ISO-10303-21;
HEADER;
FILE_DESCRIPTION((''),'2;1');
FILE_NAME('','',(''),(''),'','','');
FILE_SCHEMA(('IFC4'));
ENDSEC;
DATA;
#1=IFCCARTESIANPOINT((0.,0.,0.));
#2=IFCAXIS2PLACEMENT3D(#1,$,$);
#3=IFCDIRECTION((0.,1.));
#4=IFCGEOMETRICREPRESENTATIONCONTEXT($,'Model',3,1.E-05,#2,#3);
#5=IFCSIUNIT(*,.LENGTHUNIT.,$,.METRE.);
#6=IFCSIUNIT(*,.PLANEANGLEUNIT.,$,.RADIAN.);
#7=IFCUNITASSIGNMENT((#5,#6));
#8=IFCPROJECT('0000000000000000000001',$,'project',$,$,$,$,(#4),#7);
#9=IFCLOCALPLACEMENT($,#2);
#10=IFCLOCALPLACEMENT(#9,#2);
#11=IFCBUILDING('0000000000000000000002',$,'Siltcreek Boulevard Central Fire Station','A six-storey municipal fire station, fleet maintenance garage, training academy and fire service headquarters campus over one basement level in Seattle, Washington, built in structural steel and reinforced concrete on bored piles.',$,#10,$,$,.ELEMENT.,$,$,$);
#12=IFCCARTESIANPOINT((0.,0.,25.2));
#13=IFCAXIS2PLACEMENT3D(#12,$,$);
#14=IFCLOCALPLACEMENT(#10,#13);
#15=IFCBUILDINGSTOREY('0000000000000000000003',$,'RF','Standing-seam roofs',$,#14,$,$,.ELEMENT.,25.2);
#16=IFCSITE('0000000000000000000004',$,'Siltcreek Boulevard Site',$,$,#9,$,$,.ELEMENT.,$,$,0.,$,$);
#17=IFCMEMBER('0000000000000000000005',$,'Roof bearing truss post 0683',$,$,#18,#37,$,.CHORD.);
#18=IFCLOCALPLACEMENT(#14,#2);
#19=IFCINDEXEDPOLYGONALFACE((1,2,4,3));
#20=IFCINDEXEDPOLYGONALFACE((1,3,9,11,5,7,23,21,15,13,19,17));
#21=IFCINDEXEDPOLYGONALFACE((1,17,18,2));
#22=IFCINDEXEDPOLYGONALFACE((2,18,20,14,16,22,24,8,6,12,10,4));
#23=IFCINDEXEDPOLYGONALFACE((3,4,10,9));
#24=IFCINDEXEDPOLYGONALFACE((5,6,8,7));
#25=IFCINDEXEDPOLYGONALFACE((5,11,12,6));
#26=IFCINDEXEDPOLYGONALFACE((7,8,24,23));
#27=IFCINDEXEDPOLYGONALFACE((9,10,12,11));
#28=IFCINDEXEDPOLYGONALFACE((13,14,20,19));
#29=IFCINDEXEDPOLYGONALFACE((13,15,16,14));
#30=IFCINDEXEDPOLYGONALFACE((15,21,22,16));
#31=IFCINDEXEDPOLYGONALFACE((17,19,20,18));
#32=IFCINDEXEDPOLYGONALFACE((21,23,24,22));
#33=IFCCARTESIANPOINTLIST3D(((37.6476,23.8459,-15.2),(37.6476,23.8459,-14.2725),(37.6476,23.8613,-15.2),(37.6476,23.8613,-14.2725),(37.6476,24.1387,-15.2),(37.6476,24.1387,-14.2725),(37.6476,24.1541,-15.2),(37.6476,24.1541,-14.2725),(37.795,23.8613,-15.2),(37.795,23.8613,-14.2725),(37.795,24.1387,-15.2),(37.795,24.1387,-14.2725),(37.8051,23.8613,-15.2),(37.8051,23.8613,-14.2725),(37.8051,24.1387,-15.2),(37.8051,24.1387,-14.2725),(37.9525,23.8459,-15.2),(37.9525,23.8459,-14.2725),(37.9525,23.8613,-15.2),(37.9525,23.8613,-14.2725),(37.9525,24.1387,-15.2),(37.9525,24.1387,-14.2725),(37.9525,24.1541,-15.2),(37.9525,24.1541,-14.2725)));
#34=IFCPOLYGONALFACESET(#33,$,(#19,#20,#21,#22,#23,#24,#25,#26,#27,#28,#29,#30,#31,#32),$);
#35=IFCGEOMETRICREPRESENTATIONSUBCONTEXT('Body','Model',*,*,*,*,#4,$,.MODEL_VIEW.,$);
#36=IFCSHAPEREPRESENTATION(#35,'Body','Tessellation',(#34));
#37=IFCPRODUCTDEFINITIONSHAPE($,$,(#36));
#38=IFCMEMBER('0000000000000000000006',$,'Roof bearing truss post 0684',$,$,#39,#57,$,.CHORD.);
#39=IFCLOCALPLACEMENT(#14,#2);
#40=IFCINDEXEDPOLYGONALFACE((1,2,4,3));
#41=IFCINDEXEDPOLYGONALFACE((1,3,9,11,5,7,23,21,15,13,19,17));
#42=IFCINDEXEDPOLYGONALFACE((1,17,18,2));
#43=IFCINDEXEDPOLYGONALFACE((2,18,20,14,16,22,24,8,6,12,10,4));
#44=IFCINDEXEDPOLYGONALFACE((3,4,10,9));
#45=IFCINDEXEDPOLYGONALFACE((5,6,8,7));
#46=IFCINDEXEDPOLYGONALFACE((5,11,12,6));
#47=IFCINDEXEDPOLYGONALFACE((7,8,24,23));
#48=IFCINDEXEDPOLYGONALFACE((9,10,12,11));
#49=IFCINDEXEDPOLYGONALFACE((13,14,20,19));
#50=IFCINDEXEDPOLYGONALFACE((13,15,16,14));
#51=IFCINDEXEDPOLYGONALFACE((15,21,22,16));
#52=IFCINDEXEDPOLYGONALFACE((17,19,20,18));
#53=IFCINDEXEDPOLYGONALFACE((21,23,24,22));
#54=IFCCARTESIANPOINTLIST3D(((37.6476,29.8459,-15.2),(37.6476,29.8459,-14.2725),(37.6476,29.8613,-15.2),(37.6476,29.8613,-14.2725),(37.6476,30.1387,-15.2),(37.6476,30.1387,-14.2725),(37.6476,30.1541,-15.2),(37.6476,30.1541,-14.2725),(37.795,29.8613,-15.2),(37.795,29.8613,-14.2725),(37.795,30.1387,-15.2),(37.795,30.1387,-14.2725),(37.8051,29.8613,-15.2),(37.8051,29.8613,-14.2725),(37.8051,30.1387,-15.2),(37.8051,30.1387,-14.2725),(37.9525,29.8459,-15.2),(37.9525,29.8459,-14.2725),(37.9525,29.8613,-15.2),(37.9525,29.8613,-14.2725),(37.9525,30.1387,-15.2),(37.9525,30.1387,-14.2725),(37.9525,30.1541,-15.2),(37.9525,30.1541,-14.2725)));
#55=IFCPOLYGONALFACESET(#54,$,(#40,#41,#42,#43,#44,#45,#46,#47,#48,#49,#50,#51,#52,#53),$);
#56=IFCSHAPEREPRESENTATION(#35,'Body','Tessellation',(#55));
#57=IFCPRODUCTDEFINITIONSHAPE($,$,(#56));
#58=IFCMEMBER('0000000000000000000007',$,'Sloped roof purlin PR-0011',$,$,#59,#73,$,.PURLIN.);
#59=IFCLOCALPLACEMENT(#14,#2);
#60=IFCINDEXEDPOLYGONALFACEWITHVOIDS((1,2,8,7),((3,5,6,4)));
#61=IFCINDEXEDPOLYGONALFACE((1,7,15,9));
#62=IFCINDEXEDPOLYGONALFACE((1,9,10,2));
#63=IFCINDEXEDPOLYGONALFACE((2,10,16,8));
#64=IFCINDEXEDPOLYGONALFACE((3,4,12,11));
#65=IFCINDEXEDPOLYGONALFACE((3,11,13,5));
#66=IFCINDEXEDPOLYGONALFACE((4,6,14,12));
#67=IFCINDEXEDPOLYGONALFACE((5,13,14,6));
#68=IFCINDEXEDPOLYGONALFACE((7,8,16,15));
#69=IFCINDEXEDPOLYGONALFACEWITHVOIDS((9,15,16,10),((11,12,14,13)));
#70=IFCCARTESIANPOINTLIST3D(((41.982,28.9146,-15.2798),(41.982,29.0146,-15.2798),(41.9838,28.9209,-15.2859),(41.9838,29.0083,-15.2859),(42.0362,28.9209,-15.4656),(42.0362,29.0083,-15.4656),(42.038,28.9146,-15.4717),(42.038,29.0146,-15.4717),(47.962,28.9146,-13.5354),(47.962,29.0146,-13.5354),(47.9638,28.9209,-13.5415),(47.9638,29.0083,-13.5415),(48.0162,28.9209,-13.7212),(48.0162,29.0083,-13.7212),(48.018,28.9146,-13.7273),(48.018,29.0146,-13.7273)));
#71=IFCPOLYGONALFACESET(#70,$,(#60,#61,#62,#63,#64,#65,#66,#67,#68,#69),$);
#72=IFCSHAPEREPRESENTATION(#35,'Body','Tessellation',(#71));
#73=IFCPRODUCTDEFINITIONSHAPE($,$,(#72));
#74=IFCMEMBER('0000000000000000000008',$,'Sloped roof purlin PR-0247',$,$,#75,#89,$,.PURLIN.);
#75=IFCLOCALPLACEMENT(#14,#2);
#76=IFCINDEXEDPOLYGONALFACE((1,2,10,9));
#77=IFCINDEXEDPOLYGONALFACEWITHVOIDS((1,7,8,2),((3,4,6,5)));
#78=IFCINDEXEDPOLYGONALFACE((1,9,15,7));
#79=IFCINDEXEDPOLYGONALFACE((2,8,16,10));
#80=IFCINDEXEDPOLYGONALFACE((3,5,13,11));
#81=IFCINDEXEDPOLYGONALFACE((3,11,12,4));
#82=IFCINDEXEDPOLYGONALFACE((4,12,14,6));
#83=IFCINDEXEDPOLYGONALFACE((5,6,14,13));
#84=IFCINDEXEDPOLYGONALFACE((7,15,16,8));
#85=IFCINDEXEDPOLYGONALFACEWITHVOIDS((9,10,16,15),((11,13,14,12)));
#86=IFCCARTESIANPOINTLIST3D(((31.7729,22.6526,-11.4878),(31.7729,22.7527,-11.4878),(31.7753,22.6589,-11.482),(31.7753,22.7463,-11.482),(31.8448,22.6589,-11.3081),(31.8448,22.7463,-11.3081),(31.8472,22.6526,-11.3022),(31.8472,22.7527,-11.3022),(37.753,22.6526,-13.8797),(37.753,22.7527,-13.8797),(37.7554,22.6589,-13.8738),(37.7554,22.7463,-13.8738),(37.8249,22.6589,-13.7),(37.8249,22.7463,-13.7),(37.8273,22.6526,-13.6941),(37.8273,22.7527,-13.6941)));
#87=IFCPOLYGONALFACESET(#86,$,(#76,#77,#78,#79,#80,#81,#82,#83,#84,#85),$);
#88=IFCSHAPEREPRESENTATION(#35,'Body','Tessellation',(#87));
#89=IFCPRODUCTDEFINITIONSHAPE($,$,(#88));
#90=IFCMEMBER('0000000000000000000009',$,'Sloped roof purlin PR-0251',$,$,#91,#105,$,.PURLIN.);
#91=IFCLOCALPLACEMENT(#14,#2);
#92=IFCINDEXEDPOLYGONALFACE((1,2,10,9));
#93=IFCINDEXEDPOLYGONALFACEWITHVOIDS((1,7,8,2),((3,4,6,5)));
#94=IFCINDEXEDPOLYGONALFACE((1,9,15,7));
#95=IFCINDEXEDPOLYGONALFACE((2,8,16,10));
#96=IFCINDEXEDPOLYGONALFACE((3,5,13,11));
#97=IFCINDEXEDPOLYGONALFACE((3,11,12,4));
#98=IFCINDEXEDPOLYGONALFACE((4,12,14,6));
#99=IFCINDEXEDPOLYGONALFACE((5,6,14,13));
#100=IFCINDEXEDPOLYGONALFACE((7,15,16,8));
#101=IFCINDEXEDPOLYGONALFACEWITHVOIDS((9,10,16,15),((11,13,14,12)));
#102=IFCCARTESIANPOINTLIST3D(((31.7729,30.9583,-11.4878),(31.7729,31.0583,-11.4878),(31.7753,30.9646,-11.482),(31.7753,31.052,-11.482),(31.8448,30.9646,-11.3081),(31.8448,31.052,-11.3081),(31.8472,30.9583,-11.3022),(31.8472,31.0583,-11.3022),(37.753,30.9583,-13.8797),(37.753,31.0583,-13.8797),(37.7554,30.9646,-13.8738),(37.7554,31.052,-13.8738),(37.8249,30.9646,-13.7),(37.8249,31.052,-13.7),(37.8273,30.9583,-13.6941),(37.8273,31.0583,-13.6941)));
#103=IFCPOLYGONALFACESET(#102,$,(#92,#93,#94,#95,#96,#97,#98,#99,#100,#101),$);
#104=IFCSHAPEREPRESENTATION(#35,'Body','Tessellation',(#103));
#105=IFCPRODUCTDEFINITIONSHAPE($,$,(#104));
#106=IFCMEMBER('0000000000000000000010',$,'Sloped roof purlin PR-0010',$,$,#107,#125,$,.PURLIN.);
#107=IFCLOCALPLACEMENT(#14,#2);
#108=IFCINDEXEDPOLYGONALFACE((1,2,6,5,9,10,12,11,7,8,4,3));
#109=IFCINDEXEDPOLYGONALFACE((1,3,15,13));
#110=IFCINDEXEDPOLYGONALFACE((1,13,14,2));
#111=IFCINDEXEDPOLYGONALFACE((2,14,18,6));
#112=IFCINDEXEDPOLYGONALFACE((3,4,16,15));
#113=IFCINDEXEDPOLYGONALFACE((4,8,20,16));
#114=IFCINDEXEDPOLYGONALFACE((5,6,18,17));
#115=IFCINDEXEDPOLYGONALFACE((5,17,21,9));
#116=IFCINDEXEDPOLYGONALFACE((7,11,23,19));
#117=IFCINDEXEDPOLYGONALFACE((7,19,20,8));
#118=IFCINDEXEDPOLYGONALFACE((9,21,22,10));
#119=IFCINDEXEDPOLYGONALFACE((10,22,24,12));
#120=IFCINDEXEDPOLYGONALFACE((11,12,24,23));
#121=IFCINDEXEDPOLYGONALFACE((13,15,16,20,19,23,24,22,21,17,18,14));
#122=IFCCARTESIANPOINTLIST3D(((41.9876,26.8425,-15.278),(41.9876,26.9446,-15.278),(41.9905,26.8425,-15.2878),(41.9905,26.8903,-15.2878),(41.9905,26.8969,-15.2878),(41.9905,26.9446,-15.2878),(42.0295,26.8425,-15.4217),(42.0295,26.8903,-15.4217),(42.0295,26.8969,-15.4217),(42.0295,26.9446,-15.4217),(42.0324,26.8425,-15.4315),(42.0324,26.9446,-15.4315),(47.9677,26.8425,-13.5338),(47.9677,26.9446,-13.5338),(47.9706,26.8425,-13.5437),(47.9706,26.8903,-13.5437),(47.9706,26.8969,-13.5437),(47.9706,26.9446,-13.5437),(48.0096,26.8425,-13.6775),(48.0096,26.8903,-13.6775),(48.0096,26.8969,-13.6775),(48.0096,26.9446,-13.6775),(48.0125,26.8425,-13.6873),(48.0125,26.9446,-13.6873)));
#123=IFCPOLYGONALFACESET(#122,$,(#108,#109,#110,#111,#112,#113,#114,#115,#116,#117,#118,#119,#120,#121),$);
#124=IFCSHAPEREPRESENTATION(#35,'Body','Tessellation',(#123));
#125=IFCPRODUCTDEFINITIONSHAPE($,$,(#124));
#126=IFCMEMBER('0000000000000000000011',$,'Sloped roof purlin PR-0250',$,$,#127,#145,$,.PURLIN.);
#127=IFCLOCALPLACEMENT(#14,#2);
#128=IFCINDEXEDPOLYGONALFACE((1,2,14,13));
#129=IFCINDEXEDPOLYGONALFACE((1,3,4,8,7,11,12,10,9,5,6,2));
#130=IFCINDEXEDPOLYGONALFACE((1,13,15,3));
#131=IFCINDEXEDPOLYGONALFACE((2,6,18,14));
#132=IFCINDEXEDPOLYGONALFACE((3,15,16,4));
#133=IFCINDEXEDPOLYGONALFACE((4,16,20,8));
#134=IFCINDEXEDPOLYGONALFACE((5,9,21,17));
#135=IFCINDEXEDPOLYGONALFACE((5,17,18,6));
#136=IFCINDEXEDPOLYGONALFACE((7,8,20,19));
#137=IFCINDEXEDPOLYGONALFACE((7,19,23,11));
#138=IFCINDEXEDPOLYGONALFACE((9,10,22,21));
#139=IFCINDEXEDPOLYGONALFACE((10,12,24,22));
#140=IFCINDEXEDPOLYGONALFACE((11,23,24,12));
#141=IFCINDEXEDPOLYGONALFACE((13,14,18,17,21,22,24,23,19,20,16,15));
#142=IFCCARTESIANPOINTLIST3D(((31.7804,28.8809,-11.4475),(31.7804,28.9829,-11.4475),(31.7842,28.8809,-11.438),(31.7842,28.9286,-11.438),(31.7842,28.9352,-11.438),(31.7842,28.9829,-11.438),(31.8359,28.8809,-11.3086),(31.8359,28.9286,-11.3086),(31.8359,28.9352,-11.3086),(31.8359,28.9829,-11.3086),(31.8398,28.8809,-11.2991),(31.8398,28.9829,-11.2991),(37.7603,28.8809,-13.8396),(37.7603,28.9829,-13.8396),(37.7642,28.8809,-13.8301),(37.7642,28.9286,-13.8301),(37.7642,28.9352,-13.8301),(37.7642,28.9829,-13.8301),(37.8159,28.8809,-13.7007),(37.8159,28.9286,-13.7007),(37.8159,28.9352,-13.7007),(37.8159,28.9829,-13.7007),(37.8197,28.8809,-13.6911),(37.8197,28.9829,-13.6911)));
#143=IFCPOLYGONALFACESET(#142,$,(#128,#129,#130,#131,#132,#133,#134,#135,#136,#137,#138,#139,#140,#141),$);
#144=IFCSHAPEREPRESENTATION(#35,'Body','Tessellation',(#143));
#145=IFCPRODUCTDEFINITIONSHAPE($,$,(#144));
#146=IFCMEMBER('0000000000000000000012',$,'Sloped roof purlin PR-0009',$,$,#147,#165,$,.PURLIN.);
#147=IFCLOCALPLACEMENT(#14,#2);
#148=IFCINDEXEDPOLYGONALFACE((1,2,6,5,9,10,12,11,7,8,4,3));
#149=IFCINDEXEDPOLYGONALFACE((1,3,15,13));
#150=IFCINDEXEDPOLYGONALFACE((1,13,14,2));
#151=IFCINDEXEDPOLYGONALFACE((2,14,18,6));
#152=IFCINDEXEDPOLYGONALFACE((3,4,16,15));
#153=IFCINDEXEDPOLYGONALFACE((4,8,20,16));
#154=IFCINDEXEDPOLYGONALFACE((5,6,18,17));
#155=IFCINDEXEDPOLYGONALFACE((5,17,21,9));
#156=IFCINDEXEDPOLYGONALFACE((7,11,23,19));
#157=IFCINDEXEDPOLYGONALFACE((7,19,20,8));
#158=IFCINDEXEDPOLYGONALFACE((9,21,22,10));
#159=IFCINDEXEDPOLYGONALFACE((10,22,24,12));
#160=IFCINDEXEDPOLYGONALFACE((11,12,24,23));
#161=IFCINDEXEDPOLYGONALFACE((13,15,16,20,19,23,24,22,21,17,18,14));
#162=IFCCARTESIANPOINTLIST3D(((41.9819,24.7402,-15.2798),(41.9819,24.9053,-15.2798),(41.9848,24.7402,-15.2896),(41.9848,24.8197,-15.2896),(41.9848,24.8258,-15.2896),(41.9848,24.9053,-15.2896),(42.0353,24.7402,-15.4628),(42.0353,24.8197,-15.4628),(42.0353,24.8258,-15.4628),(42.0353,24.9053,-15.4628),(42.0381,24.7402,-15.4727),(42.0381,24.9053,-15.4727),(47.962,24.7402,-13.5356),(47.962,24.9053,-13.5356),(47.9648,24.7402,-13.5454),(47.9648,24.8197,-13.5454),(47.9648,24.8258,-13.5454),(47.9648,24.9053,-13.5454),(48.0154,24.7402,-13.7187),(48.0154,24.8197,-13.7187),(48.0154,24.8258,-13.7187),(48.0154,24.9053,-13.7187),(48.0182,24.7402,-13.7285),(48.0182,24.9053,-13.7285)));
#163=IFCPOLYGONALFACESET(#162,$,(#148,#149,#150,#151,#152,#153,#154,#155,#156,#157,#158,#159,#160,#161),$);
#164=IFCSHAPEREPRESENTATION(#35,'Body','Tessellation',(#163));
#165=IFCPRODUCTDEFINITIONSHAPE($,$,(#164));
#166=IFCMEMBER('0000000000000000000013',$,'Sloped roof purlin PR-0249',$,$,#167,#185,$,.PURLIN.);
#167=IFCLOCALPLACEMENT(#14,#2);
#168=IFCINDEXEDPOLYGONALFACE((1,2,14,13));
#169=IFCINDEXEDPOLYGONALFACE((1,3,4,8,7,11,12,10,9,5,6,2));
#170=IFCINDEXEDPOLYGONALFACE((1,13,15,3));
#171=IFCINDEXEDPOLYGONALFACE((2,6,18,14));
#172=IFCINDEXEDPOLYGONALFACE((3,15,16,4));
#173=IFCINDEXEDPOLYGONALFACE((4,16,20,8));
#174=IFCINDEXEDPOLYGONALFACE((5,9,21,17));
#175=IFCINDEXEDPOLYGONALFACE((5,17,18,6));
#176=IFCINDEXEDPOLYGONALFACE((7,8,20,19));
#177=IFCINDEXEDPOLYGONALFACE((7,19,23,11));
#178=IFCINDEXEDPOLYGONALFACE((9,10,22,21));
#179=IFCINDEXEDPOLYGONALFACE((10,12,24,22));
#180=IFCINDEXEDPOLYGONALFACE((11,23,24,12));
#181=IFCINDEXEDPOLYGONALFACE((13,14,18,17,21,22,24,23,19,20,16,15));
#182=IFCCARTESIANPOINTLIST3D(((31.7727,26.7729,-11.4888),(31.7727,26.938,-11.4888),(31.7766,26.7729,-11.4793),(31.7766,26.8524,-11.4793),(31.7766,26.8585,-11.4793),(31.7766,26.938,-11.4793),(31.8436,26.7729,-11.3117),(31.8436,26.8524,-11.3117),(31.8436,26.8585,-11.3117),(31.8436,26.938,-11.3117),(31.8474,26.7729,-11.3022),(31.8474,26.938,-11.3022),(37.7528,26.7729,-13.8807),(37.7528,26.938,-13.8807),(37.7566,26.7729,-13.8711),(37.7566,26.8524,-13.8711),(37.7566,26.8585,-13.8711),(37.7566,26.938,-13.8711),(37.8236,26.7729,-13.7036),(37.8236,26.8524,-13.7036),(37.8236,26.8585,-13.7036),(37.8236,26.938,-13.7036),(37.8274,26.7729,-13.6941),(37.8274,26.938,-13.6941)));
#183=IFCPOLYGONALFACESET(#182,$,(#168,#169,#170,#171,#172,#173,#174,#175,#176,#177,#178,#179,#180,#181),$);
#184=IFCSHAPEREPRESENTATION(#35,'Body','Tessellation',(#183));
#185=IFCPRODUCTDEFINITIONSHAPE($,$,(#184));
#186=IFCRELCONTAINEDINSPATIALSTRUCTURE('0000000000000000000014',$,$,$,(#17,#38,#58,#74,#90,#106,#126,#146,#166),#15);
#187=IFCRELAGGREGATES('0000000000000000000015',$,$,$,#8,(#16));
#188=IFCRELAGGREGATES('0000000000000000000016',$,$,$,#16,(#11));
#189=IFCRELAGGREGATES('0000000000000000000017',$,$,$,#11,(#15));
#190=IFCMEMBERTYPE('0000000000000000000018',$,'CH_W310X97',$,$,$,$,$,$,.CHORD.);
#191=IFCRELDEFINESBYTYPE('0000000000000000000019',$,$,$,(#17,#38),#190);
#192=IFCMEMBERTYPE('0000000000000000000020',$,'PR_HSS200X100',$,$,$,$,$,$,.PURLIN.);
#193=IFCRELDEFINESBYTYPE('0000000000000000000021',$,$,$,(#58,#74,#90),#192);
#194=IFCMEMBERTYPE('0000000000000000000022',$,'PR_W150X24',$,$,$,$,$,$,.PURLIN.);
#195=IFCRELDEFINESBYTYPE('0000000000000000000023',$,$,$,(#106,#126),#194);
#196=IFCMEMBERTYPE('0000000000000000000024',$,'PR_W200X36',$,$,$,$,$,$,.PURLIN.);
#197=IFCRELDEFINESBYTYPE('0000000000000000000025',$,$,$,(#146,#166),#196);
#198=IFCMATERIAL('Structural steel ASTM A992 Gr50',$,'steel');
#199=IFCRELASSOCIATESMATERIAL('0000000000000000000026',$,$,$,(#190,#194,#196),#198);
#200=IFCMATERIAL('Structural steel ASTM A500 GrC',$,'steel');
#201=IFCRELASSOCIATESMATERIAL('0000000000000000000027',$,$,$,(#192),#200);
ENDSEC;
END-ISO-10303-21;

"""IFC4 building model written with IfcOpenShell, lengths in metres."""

from ifc_helpers import new_model, si_unit, direction, frame, origin, origin_2d, place, context, subcontext, project, spatial, hollow_rectangle, i_section, extrude, material, material_profile, profile_set, type_object, element, save


model = new_model("IFC4")

# Units and contexts
model_context = context("Model", 3, precision=1e-05, world=origin(), true_north=direction((0.0, 1.0)))
body_context = subcontext(model_context, "Body", "Model", "MODEL_VIEW")
ifc_project = project(units=[si_unit("LENGTHUNIT", "METRE"), si_unit("PLANEANGLEUNIT", "RADIAN")], contexts=[model_context])

# Site, building, storey
site_placement = place(None, origin())
site = spatial("IfcSite", under=ifc_project, at=site_placement, Name="Siltcreek Boulevard Site", CompositionType="ELEMENT", RefElevation=0.0)
building_placement = place(site_placement, origin())
building = spatial("IfcBuilding", under=site, at=building_placement, Name="Siltcreek Boulevard Central Fire Station", Description="A six-storey municipal fire station, fleet maintenance garage, training academy and fire service headquarters campus over one basement level in Seattle, Washington, built in structural steel and reinforced concrete on bored piles.", CompositionType="ELEMENT")
storey_placement = place(building_placement, frame((0.0, 0.0, 25.2)))
storey = spatial("IfcBuildingStorey", under=building, at=storey_placement, Name="RF", Description="Standing-seam roofs", CompositionType="ELEMENT", Elevation=25.2)

# Members
ifc_material_1 = material(Name="Structural steel ASTM A992 Gr50", Category="steel")
ifc_material_profile_1 = material_profile(ifc_material_1, i_section(OverallWidth=0.3049, OverallDepth=0.3081, WebThickness=0.01, FlangeThickness=0.0154, at=origin_2d()), Name="W310X97")
ifc_profile_set_1 = profile_set([ifc_material_profile_1], Name="Structural steel ASTM A992 Gr50")
member_type_1 = type_object("IfcMemberType", Name="CH_W310X97", PredefinedType="CHORD", material=ifc_profile_set_1)
for number, where, z_axis, x_axis, name in (
    (1, (37.8, 24.0, -15.2), (0.0, 0.0, 1.0), (1.0, 0.0, 0.0), "Roof bearing truss post 0683"),
    (2, (37.8, 30.0, -15.2), (0.0, 0.0, 1.0), (1.0, 0.0, 0.0), "Roof bearing truss post 0684"),
):
    element("IfcMember", number, at=place(storey_placement, frame(where, z_axis=z_axis, x_axis=x_axis)), inside=storey, type_object=member_type_1, Name=name, PredefinedType="CHORD", context=body_context, shape_type="SweptSolid", body=[
        extrude(i_section(OverallWidth=0.3049, OverallDepth=0.3081, WebThickness=0.01, FlangeThickness=0.0154, at=origin_2d()), origin(), (0.0, 0.0, 1.0), 0.9275),
    ])
ifc_material_2 = material(Name="Structural steel ASTM A500 GrC", Category="steel")
ifc_material_profile_2 = material_profile(ifc_material_2, hollow_rectangle(XDim=0.1001, YDim=0.2, WallThickness=0.0063, at=origin_2d()), Name="HSS200X100X6.4")
ifc_profile_set_2 = profile_set([ifc_material_profile_2], Name="Structural steel ASTM A500 GrC")
member_type_2 = type_object("IfcMemberType", Name="PR_HSS200X100", PredefinedType="PURLIN", material=ifc_profile_set_2)
member_1_placement = place(storey_placement, frame((42.01, 28.9646, -15.3757), z_axis=(0.95999, 0.0, 0.280033), x_axis=(0.0, 1.0, 0.0)))
element("IfcMember", 3, at=member_1_placement, inside=storey, type_object=member_type_2, Name="Sloped roof purlin PR-0011", PredefinedType="PURLIN", context=body_context, shape_type="SweptSolid", body=[
    extrude(hollow_rectangle(XDim=0.1001, YDim=0.2, WallThickness=0.0063, at=origin_2d()), origin(), (0.0, 0.0, 1.0), 6.2292),
])
for number, where, z_axis, x_axis, name in (
    (4, (31.8101, 22.7026, -11.395), (0.928485, 0.0, -0.371371), (0.0, 1.0, 0.0), "Sloped roof purlin PR-0247"),
    (5, (31.8101, 31.0083, -11.395), (0.928485, 0.0, -0.371371), (0.0, 1.0, 0.0), "Sloped roof purlin PR-0251"),
):
    element("IfcMember", number, at=place(storey_placement, frame(where, z_axis=z_axis, x_axis=x_axis)), inside=storey, type_object=member_type_2, Name=name, PredefinedType="PURLIN", context=body_context, shape_type="SweptSolid", body=[
        extrude(hollow_rectangle(XDim=0.1001, YDim=0.2, WallThickness=0.0063, at=origin_2d()), origin(), (0.0, 0.0, 1.0), 6.4407),
    ])
ifc_material_profile_3 = material_profile(ifc_material_1, i_section(OverallWidth=0.1021, OverallDepth=0.1599, WebThickness=0.0066, FlangeThickness=0.0103, at=origin_2d()), Name="W150X24")
ifc_profile_set_3 = profile_set([ifc_material_profile_3], Name="Structural steel ASTM A992 Gr50")
member_type_3 = type_object("IfcMemberType", Name="PR_W150X24", PredefinedType="PURLIN", material=ifc_profile_set_3)
member_2_placement = place(storey_placement, frame((42.01, 26.8936, -15.3547), z_axis=(0.960001, 0.0, 0.279997), x_axis=(0.0, 1.0, 0.0)))
element("IfcMember", 6, at=member_2_placement, inside=storey, type_object=member_type_3, Name="Sloped roof purlin PR-0010", PredefinedType="PURLIN", context=body_context, shape_type="SweptSolid", body=[
    extrude(i_section(OverallWidth=0.1021, OverallDepth=0.1599, WebThickness=0.0066, FlangeThickness=0.0103, at=origin_2d()), origin(), (0.0, 0.0, 1.0), 6.2292),
])
member_3_placement = place(storey_placement, frame((31.8101, 28.9319, -11.3733), z_axis=(0.928471, 0.0, -0.371404), x_axis=(0.0, 1.0, 0.0)))
element("IfcMember", 7, at=member_3_placement, inside=storey, type_object=member_type_3, Name="Sloped roof purlin PR-0250", PredefinedType="PURLIN", context=body_context, shape_type="SweptSolid", body=[
    extrude(i_section(OverallWidth=0.1021, OverallDepth=0.1599, WebThickness=0.0066, FlangeThickness=0.0103, at=origin_2d()), origin(), (0.0, 0.0, 1.0), 6.4407),
])
ifc_material_profile_4 = material_profile(ifc_material_1, i_section(OverallWidth=0.165, OverallDepth=0.2009, WebThickness=0.0061, FlangeThickness=0.0103, at=origin_2d()), Name="W200X36")
ifc_profile_set_4 = profile_set([ifc_material_profile_4], Name="Structural steel ASTM A992 Gr50")
member_type_4 = type_object("IfcMemberType", Name="PR_W200X36", PredefinedType="PURLIN", material=ifc_profile_set_4)
member_4_placement = place(storey_placement, frame((42.01, 24.8228, -15.3762), z_axis=(0.960001, 0.0, 0.279997), x_axis=(0.0, 1.0, 0.0)))
element("IfcMember", 8, at=member_4_placement, inside=storey, type_object=member_type_4, Name="Sloped roof purlin PR-0009", PredefinedType="PURLIN", context=body_context, shape_type="SweptSolid", body=[
    extrude(i_section(OverallWidth=0.165, OverallDepth=0.2009, WebThickness=0.0061, FlangeThickness=0.0103, at=origin_2d()), origin(), (0.0, 0.0, 1.0), 6.2292),
])
for number, where, z_axis, x_axis, name in (
    (9, (31.8101, 26.8555, -11.3955), (0.928485, 0.0, -0.371371), (0.0, 1.0, 0.0), "Sloped roof purlin PR-0249"),
):
    element("IfcMember", number, at=place(storey_placement, frame(where, z_axis=z_axis, x_axis=x_axis)), inside=storey, type_object=member_type_4, Name=name, PredefinedType="PURLIN", context=body_context, shape_type="SweptSolid", body=[
        extrude(i_section(OverallWidth=0.165, OverallDepth=0.2009, WebThickness=0.0061, FlangeThickness=0.0103, at=origin_2d()), origin(), (0.0, 0.0, 1.0), 6.4407),
    ])

save(model, "model.ifc")
